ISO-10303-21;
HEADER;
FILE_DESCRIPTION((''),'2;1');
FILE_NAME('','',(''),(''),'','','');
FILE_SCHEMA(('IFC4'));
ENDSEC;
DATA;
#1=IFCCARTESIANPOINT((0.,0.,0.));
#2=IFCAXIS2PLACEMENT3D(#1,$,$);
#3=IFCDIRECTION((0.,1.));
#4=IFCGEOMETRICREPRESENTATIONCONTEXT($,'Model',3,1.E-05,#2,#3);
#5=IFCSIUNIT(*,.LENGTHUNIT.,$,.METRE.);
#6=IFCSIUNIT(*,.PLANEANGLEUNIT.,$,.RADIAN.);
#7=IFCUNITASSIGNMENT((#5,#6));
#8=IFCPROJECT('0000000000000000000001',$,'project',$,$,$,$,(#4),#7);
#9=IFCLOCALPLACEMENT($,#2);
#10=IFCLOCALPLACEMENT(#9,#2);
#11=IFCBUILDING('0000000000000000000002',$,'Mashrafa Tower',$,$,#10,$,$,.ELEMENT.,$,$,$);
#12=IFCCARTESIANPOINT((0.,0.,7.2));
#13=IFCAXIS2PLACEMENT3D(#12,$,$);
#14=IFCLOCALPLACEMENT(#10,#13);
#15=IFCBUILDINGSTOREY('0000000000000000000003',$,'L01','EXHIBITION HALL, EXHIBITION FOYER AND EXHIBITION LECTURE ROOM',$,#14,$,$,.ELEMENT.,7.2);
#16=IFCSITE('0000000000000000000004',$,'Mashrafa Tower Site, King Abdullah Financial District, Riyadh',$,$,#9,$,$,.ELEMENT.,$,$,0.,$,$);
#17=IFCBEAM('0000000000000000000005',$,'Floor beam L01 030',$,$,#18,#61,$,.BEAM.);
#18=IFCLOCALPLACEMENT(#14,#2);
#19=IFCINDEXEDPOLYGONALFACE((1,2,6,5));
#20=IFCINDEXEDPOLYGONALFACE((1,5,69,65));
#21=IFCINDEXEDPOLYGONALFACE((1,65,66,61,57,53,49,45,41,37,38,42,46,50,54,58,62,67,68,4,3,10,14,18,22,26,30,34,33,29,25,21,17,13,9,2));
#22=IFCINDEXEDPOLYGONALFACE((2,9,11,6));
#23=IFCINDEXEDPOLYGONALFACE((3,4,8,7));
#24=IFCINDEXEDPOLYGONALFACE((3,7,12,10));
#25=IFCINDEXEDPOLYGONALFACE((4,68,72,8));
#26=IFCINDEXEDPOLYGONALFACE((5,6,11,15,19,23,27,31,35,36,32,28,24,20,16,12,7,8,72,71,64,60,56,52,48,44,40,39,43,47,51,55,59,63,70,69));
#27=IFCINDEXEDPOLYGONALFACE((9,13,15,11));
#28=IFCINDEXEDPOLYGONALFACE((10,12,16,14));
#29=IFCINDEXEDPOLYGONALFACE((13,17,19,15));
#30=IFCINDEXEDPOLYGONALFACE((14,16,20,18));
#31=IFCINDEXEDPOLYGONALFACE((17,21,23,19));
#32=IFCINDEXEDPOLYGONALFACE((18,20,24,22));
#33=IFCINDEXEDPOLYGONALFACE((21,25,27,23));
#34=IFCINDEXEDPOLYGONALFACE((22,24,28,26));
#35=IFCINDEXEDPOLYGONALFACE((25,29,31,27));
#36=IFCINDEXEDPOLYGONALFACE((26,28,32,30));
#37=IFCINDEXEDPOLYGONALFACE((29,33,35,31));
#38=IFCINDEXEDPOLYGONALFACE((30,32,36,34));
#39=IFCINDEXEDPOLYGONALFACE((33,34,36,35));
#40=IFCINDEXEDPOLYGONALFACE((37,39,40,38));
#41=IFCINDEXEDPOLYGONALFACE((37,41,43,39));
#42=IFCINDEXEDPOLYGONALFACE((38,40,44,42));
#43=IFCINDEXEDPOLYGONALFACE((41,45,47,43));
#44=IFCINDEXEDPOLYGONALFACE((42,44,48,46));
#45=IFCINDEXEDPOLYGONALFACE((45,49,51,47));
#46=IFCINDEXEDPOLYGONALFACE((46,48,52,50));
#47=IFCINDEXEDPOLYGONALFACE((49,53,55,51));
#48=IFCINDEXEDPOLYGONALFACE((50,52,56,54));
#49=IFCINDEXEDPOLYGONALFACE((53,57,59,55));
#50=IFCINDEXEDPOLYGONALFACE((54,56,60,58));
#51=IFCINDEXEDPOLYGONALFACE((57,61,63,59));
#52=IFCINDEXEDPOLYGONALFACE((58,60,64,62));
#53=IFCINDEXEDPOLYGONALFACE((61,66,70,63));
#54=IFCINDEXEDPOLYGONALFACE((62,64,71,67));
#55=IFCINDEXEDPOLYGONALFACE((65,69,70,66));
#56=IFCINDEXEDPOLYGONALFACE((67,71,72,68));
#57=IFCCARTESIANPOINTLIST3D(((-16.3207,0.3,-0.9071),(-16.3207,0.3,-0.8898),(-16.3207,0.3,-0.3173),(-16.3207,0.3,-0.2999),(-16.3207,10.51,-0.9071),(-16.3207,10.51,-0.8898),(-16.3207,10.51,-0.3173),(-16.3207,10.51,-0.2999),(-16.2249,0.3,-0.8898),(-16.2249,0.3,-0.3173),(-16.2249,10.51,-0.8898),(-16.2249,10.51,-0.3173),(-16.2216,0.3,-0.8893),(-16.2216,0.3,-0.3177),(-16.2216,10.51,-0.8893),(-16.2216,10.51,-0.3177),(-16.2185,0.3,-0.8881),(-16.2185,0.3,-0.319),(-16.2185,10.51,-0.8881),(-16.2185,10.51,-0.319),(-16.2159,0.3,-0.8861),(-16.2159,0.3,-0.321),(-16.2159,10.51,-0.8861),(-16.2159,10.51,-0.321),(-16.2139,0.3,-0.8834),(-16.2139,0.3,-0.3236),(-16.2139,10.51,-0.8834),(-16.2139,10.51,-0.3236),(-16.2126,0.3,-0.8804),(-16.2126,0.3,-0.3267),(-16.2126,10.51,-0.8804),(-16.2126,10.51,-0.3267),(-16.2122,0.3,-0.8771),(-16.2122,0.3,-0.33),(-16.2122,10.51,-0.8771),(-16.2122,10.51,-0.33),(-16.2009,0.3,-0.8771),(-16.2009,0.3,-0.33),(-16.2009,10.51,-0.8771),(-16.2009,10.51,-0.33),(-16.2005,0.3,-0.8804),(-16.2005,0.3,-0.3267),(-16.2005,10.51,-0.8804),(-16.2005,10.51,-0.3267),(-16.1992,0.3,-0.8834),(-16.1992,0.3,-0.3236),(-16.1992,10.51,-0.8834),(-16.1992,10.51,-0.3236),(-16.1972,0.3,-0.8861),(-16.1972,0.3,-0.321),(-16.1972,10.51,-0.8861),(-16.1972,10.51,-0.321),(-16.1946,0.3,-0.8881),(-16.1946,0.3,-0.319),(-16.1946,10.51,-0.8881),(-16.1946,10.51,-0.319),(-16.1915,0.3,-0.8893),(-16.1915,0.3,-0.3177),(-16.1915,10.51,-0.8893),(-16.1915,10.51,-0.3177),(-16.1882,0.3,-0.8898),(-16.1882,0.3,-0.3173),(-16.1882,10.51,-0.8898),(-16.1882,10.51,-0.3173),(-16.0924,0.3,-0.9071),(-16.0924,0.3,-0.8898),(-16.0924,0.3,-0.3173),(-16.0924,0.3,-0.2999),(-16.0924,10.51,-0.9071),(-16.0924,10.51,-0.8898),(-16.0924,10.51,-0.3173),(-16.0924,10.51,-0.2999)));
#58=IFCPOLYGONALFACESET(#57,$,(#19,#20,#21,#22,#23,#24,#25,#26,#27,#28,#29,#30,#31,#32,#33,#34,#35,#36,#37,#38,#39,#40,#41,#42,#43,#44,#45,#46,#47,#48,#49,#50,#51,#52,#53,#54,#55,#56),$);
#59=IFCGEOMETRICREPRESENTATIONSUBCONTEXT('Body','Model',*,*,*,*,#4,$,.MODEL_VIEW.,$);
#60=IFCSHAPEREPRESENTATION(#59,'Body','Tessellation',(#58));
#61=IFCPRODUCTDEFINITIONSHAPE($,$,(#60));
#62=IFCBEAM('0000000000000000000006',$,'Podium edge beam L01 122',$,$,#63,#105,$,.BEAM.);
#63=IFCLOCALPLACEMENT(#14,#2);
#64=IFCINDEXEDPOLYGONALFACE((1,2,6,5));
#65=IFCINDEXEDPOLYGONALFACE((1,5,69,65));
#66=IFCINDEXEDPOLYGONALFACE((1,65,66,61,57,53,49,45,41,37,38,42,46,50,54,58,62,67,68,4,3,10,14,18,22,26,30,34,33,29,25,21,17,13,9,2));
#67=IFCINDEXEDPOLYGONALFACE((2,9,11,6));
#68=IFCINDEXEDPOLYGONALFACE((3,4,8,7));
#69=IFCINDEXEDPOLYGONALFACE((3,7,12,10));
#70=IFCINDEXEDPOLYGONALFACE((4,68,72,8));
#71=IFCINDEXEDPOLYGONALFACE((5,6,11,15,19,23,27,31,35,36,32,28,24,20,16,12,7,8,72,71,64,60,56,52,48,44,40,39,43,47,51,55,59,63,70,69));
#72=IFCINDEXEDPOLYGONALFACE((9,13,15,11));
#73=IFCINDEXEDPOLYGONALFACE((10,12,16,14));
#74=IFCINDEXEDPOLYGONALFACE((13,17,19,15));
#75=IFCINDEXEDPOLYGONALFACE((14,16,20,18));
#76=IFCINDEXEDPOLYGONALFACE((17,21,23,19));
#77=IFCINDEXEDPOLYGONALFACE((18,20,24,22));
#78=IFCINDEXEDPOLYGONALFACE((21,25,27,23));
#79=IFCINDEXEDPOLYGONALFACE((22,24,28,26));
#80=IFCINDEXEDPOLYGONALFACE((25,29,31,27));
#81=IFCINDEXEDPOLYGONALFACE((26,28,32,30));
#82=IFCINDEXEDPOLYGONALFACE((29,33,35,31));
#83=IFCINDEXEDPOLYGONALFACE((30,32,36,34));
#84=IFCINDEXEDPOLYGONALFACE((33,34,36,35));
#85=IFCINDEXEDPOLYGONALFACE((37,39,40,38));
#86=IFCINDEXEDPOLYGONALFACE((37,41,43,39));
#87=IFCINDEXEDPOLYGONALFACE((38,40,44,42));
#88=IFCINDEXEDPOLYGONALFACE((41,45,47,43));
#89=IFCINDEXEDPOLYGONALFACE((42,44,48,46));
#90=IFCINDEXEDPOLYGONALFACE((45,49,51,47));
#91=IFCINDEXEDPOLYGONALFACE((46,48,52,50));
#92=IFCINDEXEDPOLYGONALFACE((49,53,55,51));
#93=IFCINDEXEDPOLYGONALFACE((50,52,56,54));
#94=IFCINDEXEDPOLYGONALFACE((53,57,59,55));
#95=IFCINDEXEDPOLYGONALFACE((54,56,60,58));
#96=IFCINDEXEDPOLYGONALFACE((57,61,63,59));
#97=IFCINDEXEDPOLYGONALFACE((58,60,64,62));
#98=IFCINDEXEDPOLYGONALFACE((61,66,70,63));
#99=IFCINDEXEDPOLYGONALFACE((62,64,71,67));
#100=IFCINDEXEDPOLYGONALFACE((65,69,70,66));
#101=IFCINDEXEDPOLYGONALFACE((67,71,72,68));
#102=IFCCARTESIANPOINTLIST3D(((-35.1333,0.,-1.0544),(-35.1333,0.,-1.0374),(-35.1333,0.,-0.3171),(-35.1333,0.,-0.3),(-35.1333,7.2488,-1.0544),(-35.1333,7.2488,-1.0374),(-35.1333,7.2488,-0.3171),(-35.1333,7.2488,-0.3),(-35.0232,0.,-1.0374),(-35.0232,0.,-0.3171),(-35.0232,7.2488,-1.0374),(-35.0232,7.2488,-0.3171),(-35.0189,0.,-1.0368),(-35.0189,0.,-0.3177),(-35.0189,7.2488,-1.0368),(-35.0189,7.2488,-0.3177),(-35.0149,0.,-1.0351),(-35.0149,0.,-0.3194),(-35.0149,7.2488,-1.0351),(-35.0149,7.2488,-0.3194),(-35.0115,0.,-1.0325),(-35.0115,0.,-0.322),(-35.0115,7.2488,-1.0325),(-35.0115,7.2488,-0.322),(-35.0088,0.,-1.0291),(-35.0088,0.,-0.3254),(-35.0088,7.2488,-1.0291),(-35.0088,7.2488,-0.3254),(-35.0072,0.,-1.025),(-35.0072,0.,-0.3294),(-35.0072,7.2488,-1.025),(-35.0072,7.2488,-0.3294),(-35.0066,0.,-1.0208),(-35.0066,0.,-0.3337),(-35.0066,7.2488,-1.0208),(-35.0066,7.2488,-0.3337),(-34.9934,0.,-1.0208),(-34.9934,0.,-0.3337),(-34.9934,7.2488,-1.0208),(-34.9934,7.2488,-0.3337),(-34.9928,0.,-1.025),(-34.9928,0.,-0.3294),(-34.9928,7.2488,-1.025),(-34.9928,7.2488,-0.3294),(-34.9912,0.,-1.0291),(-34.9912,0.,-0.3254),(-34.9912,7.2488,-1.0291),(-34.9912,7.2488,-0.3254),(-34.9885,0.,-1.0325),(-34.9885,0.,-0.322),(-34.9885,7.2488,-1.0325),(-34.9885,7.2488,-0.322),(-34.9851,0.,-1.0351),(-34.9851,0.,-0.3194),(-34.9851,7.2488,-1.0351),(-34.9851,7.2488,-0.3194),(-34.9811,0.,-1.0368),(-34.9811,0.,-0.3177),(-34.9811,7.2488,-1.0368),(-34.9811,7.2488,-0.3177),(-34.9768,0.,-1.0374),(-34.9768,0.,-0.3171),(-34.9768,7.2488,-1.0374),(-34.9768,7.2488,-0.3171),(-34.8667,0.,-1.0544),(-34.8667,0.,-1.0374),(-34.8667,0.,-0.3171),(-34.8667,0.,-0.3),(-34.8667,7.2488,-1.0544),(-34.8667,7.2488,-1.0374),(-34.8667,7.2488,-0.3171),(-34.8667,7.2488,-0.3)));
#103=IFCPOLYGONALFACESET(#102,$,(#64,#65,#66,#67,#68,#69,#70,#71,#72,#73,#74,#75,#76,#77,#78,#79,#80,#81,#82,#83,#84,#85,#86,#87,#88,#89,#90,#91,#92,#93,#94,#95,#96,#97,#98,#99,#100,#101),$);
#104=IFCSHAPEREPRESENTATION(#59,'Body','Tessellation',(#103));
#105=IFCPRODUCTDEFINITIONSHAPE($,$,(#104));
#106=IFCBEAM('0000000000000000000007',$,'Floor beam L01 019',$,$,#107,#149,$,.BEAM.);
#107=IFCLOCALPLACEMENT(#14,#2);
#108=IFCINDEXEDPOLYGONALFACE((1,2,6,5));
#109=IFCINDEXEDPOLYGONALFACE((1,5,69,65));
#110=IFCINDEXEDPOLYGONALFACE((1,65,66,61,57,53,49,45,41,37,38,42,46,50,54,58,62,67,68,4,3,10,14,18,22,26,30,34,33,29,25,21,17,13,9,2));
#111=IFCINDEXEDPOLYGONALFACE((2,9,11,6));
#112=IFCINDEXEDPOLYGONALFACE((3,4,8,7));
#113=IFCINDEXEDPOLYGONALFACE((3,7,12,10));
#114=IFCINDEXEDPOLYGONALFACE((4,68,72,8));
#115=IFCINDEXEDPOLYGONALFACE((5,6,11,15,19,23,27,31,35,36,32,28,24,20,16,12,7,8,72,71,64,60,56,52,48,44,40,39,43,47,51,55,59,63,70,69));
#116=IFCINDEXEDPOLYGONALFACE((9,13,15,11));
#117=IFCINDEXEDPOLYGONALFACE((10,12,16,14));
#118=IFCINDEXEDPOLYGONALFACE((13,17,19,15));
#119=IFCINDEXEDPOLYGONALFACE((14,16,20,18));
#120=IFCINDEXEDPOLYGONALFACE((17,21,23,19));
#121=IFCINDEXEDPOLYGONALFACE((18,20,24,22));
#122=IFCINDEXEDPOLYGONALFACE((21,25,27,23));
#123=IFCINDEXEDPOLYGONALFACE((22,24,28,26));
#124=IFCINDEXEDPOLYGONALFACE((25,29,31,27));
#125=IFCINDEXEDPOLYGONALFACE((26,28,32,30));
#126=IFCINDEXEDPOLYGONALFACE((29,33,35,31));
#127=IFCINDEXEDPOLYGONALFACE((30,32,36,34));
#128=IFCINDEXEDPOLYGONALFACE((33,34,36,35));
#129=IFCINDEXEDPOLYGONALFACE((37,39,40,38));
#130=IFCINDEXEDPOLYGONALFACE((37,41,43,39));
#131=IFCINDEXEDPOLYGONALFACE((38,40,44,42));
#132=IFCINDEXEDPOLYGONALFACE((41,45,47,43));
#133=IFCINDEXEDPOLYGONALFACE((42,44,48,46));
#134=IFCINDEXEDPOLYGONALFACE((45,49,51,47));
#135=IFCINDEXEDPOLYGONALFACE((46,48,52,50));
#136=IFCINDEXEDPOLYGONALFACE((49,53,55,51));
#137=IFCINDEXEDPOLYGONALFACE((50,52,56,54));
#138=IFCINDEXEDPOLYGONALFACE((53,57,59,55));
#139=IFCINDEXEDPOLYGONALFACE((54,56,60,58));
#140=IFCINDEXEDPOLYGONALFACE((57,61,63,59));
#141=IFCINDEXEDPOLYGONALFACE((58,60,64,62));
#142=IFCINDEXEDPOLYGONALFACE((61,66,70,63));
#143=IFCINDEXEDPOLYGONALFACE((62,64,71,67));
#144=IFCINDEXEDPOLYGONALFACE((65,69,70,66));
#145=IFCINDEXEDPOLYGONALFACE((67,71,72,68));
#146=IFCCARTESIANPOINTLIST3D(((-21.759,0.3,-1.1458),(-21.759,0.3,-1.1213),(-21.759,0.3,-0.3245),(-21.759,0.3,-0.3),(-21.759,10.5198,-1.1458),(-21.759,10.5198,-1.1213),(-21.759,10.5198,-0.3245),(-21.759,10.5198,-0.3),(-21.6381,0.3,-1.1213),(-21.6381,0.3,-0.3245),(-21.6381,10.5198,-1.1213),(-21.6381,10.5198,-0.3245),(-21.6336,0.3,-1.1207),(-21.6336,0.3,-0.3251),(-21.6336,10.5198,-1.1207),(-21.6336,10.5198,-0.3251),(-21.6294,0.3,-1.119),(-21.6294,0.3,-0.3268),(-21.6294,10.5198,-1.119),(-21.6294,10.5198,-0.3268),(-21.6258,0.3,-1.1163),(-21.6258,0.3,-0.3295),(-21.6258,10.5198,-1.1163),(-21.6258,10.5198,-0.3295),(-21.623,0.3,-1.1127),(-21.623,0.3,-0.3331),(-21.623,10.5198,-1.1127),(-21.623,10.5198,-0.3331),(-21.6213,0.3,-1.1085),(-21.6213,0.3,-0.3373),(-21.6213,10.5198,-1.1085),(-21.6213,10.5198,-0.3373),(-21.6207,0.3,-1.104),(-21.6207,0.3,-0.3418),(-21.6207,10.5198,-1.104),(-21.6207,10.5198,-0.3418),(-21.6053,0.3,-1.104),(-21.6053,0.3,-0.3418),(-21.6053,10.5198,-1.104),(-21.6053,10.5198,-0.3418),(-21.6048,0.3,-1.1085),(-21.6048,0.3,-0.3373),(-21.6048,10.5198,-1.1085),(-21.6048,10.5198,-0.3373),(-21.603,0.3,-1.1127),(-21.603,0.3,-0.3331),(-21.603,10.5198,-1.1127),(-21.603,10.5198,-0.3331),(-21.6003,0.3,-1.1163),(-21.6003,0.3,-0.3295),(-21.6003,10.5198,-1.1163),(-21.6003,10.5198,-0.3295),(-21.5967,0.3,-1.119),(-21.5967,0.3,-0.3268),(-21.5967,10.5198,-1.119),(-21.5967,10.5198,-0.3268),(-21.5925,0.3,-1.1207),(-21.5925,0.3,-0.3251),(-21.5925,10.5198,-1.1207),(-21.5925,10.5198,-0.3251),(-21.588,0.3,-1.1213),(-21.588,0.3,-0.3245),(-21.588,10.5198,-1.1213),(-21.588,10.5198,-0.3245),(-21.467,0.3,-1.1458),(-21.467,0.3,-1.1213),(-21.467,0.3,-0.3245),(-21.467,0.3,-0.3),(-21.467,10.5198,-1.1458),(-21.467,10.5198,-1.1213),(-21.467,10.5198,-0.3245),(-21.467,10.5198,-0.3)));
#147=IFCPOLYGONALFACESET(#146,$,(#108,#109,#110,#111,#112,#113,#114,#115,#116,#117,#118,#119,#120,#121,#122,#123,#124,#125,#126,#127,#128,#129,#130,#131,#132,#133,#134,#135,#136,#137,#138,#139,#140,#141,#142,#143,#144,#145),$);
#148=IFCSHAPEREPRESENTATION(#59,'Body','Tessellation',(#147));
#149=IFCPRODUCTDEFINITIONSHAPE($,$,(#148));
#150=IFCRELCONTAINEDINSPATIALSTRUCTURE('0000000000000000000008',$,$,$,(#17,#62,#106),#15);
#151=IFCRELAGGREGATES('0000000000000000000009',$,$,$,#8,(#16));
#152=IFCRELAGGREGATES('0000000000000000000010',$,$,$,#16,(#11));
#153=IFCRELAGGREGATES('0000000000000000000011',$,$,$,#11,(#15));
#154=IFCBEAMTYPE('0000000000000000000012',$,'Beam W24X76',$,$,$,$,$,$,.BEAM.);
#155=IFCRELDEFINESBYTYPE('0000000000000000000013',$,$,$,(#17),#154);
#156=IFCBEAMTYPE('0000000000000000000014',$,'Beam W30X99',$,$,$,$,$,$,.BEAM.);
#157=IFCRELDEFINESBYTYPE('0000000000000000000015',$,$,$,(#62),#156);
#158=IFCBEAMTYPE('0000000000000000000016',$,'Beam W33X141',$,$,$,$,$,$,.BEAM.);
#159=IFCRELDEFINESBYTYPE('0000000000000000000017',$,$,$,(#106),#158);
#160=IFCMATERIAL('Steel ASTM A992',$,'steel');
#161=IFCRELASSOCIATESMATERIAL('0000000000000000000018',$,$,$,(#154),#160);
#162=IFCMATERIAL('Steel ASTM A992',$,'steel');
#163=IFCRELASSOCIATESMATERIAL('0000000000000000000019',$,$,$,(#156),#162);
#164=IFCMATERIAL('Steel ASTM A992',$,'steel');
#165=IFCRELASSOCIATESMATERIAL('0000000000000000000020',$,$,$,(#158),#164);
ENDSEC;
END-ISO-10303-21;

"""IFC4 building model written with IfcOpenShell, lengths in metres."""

from ifc_helpers import new_model, si_unit, direction, frame, origin, origin_2d, place, context, subcontext, project, spatial, i_section, extrude, material, material_profile, profile_set, type_object, element, save


model = new_model("IFC4")

# Units and contexts
model_context = context("Model", 3, precision=1e-05, world=origin(), true_north=direction((0.0, 1.0)))
body_context = subcontext(model_context, "Body", "Model", "MODEL_VIEW")
ifc_project = project(units=[si_unit("LENGTHUNIT", "METRE"), si_unit("PLANEANGLEUNIT", "RADIAN")], contexts=[model_context])

# Site, building, storey
site_placement = place(None, origin())
site = spatial("IfcSite", under=ifc_project, at=site_placement, Name="Mashrafa Tower Site, King Abdullah Financial District, Riyadh", CompositionType="ELEMENT", RefElevation=0.0)
building_placement = place(site_placement, origin())
building = spatial("IfcBuilding", under=site, at=building_placement, Name="Mashrafa Tower", CompositionType="ELEMENT")
storey_placement = place(building_placement, frame((0.0, 0.0, 7.2)))
storey = spatial("IfcBuildingStorey", under=building, at=storey_placement, Name="L01", Description="EXHIBITION HALL, EXHIBITION FOYER AND EXHIBITION LECTURE ROOM", CompositionType="ELEMENT", Elevation=7.2)

# Beams
ifc_material_1 = material(Name="Steel ASTM A992", Category="steel")
ifc_material_profile_1 = material_profile(ifc_material_1, i_section(OverallWidth=0.2283, OverallDepth=0.6072, WebThickness=0.0112, FlangeThickness=0.0173, FilletRadius=0.0127, at=origin_2d()), Name="W24X76")
ifc_profile_set_1 = profile_set([ifc_material_profile_1], Name="Steel ASTM A992")
beam_type_1 = type_object("IfcBeamType", Name="Beam W24X76", PredefinedType="BEAM", material=ifc_profile_set_1)
beam_1_placement = place(storey_placement, frame((-16.2065, 0.3, -0.6035), z_axis=(0.0, 1.0, 0.0), x_axis=(-1.0, 0.0, 0.0)))
element("IfcBeam", 1, at=beam_1_placement, inside=storey, type_object=beam_type_1, Name="Floor beam L01 030", PredefinedType="BEAM", context=body_context, shape_type="SweptSolid", body=[
    extrude(i_section(OverallWidth=0.2283, OverallDepth=0.6072, WebThickness=0.0112, FlangeThickness=0.0173, FilletRadius=0.0127, at=origin_2d()), origin(), (0.0, 0.0, 1.0), 10.21),
])
ifc_material_2 = material(Name="Steel ASTM A992", Category="steel")
ifc_material_profile_2 = material_profile(ifc_material_2, i_section(OverallWidth=0.2666, OverallDepth=0.7544, WebThickness=0.0132, FlangeThickness=0.0171, FilletRadius=0.0166, at=origin_2d()), Name="W30X99")
ifc_profile_set_2 = profile_set([ifc_material_profile_2], Name="Steel ASTM A992")
beam_type_2 = type_object("IfcBeamType", Name="Beam W30X99", PredefinedType="BEAM", material=ifc_profile_set_2)
beam_2_placement = place(storey_placement, frame((-35.0, 7.2488, -0.6772), z_axis=(0.0, -1.0, 0.0), x_axis=(1.0, 0.0, 0.0)))
element("IfcBeam", 2, at=beam_2_placement, inside=storey, type_object=beam_type_2, Name="Podium edge beam L01 122", PredefinedType="BEAM", context=body_context, shape_type="SweptSolid", body=[
    extrude(i_section(OverallWidth=0.2666, OverallDepth=0.7544, WebThickness=0.0132, FlangeThickness=0.0171, FilletRadius=0.0166, at=origin_2d()), origin(), (0.0, 0.0, 1.0), 7.2488),
])
ifc_material_3 = material(Name="Steel ASTM A992", Category="steel")
ifc_material_profile_3 = material_profile(ifc_material_3, i_section(OverallWidth=0.292, OverallDepth=0.8457, WebThickness=0.0154, FlangeThickness=0.0244, FilletRadius=0.0173, at=origin_2d()), Name="W33X141")
ifc_profile_set_3 = profile_set([ifc_material_profile_3], Name="Steel ASTM A992")
beam_type_3 = type_object("IfcBeamType", Name="Beam W33X141", PredefinedType="BEAM", material=ifc_profile_set_3)
beam_3_placement = place(storey_placement, frame((-21.613, 0.3, -0.7229), z_axis=(0.0, 1.0, 0.0), x_axis=(-1.0, 0.0, 0.0)))
element("IfcBeam", 3, at=beam_3_placement, inside=storey, type_object=beam_type_3, Name="Floor beam L01 019", PredefinedType="BEAM", context=body_context, shape_type="SweptSolid", body=[
    extrude(i_section(OverallWidth=0.292, OverallDepth=0.8457, WebThickness=0.0154, FlangeThickness=0.0244, FilletRadius=0.0173, at=origin_2d()), origin(), (0.0, 0.0, 1.0), 10.2197),
])

save(model, "model.ifc")
